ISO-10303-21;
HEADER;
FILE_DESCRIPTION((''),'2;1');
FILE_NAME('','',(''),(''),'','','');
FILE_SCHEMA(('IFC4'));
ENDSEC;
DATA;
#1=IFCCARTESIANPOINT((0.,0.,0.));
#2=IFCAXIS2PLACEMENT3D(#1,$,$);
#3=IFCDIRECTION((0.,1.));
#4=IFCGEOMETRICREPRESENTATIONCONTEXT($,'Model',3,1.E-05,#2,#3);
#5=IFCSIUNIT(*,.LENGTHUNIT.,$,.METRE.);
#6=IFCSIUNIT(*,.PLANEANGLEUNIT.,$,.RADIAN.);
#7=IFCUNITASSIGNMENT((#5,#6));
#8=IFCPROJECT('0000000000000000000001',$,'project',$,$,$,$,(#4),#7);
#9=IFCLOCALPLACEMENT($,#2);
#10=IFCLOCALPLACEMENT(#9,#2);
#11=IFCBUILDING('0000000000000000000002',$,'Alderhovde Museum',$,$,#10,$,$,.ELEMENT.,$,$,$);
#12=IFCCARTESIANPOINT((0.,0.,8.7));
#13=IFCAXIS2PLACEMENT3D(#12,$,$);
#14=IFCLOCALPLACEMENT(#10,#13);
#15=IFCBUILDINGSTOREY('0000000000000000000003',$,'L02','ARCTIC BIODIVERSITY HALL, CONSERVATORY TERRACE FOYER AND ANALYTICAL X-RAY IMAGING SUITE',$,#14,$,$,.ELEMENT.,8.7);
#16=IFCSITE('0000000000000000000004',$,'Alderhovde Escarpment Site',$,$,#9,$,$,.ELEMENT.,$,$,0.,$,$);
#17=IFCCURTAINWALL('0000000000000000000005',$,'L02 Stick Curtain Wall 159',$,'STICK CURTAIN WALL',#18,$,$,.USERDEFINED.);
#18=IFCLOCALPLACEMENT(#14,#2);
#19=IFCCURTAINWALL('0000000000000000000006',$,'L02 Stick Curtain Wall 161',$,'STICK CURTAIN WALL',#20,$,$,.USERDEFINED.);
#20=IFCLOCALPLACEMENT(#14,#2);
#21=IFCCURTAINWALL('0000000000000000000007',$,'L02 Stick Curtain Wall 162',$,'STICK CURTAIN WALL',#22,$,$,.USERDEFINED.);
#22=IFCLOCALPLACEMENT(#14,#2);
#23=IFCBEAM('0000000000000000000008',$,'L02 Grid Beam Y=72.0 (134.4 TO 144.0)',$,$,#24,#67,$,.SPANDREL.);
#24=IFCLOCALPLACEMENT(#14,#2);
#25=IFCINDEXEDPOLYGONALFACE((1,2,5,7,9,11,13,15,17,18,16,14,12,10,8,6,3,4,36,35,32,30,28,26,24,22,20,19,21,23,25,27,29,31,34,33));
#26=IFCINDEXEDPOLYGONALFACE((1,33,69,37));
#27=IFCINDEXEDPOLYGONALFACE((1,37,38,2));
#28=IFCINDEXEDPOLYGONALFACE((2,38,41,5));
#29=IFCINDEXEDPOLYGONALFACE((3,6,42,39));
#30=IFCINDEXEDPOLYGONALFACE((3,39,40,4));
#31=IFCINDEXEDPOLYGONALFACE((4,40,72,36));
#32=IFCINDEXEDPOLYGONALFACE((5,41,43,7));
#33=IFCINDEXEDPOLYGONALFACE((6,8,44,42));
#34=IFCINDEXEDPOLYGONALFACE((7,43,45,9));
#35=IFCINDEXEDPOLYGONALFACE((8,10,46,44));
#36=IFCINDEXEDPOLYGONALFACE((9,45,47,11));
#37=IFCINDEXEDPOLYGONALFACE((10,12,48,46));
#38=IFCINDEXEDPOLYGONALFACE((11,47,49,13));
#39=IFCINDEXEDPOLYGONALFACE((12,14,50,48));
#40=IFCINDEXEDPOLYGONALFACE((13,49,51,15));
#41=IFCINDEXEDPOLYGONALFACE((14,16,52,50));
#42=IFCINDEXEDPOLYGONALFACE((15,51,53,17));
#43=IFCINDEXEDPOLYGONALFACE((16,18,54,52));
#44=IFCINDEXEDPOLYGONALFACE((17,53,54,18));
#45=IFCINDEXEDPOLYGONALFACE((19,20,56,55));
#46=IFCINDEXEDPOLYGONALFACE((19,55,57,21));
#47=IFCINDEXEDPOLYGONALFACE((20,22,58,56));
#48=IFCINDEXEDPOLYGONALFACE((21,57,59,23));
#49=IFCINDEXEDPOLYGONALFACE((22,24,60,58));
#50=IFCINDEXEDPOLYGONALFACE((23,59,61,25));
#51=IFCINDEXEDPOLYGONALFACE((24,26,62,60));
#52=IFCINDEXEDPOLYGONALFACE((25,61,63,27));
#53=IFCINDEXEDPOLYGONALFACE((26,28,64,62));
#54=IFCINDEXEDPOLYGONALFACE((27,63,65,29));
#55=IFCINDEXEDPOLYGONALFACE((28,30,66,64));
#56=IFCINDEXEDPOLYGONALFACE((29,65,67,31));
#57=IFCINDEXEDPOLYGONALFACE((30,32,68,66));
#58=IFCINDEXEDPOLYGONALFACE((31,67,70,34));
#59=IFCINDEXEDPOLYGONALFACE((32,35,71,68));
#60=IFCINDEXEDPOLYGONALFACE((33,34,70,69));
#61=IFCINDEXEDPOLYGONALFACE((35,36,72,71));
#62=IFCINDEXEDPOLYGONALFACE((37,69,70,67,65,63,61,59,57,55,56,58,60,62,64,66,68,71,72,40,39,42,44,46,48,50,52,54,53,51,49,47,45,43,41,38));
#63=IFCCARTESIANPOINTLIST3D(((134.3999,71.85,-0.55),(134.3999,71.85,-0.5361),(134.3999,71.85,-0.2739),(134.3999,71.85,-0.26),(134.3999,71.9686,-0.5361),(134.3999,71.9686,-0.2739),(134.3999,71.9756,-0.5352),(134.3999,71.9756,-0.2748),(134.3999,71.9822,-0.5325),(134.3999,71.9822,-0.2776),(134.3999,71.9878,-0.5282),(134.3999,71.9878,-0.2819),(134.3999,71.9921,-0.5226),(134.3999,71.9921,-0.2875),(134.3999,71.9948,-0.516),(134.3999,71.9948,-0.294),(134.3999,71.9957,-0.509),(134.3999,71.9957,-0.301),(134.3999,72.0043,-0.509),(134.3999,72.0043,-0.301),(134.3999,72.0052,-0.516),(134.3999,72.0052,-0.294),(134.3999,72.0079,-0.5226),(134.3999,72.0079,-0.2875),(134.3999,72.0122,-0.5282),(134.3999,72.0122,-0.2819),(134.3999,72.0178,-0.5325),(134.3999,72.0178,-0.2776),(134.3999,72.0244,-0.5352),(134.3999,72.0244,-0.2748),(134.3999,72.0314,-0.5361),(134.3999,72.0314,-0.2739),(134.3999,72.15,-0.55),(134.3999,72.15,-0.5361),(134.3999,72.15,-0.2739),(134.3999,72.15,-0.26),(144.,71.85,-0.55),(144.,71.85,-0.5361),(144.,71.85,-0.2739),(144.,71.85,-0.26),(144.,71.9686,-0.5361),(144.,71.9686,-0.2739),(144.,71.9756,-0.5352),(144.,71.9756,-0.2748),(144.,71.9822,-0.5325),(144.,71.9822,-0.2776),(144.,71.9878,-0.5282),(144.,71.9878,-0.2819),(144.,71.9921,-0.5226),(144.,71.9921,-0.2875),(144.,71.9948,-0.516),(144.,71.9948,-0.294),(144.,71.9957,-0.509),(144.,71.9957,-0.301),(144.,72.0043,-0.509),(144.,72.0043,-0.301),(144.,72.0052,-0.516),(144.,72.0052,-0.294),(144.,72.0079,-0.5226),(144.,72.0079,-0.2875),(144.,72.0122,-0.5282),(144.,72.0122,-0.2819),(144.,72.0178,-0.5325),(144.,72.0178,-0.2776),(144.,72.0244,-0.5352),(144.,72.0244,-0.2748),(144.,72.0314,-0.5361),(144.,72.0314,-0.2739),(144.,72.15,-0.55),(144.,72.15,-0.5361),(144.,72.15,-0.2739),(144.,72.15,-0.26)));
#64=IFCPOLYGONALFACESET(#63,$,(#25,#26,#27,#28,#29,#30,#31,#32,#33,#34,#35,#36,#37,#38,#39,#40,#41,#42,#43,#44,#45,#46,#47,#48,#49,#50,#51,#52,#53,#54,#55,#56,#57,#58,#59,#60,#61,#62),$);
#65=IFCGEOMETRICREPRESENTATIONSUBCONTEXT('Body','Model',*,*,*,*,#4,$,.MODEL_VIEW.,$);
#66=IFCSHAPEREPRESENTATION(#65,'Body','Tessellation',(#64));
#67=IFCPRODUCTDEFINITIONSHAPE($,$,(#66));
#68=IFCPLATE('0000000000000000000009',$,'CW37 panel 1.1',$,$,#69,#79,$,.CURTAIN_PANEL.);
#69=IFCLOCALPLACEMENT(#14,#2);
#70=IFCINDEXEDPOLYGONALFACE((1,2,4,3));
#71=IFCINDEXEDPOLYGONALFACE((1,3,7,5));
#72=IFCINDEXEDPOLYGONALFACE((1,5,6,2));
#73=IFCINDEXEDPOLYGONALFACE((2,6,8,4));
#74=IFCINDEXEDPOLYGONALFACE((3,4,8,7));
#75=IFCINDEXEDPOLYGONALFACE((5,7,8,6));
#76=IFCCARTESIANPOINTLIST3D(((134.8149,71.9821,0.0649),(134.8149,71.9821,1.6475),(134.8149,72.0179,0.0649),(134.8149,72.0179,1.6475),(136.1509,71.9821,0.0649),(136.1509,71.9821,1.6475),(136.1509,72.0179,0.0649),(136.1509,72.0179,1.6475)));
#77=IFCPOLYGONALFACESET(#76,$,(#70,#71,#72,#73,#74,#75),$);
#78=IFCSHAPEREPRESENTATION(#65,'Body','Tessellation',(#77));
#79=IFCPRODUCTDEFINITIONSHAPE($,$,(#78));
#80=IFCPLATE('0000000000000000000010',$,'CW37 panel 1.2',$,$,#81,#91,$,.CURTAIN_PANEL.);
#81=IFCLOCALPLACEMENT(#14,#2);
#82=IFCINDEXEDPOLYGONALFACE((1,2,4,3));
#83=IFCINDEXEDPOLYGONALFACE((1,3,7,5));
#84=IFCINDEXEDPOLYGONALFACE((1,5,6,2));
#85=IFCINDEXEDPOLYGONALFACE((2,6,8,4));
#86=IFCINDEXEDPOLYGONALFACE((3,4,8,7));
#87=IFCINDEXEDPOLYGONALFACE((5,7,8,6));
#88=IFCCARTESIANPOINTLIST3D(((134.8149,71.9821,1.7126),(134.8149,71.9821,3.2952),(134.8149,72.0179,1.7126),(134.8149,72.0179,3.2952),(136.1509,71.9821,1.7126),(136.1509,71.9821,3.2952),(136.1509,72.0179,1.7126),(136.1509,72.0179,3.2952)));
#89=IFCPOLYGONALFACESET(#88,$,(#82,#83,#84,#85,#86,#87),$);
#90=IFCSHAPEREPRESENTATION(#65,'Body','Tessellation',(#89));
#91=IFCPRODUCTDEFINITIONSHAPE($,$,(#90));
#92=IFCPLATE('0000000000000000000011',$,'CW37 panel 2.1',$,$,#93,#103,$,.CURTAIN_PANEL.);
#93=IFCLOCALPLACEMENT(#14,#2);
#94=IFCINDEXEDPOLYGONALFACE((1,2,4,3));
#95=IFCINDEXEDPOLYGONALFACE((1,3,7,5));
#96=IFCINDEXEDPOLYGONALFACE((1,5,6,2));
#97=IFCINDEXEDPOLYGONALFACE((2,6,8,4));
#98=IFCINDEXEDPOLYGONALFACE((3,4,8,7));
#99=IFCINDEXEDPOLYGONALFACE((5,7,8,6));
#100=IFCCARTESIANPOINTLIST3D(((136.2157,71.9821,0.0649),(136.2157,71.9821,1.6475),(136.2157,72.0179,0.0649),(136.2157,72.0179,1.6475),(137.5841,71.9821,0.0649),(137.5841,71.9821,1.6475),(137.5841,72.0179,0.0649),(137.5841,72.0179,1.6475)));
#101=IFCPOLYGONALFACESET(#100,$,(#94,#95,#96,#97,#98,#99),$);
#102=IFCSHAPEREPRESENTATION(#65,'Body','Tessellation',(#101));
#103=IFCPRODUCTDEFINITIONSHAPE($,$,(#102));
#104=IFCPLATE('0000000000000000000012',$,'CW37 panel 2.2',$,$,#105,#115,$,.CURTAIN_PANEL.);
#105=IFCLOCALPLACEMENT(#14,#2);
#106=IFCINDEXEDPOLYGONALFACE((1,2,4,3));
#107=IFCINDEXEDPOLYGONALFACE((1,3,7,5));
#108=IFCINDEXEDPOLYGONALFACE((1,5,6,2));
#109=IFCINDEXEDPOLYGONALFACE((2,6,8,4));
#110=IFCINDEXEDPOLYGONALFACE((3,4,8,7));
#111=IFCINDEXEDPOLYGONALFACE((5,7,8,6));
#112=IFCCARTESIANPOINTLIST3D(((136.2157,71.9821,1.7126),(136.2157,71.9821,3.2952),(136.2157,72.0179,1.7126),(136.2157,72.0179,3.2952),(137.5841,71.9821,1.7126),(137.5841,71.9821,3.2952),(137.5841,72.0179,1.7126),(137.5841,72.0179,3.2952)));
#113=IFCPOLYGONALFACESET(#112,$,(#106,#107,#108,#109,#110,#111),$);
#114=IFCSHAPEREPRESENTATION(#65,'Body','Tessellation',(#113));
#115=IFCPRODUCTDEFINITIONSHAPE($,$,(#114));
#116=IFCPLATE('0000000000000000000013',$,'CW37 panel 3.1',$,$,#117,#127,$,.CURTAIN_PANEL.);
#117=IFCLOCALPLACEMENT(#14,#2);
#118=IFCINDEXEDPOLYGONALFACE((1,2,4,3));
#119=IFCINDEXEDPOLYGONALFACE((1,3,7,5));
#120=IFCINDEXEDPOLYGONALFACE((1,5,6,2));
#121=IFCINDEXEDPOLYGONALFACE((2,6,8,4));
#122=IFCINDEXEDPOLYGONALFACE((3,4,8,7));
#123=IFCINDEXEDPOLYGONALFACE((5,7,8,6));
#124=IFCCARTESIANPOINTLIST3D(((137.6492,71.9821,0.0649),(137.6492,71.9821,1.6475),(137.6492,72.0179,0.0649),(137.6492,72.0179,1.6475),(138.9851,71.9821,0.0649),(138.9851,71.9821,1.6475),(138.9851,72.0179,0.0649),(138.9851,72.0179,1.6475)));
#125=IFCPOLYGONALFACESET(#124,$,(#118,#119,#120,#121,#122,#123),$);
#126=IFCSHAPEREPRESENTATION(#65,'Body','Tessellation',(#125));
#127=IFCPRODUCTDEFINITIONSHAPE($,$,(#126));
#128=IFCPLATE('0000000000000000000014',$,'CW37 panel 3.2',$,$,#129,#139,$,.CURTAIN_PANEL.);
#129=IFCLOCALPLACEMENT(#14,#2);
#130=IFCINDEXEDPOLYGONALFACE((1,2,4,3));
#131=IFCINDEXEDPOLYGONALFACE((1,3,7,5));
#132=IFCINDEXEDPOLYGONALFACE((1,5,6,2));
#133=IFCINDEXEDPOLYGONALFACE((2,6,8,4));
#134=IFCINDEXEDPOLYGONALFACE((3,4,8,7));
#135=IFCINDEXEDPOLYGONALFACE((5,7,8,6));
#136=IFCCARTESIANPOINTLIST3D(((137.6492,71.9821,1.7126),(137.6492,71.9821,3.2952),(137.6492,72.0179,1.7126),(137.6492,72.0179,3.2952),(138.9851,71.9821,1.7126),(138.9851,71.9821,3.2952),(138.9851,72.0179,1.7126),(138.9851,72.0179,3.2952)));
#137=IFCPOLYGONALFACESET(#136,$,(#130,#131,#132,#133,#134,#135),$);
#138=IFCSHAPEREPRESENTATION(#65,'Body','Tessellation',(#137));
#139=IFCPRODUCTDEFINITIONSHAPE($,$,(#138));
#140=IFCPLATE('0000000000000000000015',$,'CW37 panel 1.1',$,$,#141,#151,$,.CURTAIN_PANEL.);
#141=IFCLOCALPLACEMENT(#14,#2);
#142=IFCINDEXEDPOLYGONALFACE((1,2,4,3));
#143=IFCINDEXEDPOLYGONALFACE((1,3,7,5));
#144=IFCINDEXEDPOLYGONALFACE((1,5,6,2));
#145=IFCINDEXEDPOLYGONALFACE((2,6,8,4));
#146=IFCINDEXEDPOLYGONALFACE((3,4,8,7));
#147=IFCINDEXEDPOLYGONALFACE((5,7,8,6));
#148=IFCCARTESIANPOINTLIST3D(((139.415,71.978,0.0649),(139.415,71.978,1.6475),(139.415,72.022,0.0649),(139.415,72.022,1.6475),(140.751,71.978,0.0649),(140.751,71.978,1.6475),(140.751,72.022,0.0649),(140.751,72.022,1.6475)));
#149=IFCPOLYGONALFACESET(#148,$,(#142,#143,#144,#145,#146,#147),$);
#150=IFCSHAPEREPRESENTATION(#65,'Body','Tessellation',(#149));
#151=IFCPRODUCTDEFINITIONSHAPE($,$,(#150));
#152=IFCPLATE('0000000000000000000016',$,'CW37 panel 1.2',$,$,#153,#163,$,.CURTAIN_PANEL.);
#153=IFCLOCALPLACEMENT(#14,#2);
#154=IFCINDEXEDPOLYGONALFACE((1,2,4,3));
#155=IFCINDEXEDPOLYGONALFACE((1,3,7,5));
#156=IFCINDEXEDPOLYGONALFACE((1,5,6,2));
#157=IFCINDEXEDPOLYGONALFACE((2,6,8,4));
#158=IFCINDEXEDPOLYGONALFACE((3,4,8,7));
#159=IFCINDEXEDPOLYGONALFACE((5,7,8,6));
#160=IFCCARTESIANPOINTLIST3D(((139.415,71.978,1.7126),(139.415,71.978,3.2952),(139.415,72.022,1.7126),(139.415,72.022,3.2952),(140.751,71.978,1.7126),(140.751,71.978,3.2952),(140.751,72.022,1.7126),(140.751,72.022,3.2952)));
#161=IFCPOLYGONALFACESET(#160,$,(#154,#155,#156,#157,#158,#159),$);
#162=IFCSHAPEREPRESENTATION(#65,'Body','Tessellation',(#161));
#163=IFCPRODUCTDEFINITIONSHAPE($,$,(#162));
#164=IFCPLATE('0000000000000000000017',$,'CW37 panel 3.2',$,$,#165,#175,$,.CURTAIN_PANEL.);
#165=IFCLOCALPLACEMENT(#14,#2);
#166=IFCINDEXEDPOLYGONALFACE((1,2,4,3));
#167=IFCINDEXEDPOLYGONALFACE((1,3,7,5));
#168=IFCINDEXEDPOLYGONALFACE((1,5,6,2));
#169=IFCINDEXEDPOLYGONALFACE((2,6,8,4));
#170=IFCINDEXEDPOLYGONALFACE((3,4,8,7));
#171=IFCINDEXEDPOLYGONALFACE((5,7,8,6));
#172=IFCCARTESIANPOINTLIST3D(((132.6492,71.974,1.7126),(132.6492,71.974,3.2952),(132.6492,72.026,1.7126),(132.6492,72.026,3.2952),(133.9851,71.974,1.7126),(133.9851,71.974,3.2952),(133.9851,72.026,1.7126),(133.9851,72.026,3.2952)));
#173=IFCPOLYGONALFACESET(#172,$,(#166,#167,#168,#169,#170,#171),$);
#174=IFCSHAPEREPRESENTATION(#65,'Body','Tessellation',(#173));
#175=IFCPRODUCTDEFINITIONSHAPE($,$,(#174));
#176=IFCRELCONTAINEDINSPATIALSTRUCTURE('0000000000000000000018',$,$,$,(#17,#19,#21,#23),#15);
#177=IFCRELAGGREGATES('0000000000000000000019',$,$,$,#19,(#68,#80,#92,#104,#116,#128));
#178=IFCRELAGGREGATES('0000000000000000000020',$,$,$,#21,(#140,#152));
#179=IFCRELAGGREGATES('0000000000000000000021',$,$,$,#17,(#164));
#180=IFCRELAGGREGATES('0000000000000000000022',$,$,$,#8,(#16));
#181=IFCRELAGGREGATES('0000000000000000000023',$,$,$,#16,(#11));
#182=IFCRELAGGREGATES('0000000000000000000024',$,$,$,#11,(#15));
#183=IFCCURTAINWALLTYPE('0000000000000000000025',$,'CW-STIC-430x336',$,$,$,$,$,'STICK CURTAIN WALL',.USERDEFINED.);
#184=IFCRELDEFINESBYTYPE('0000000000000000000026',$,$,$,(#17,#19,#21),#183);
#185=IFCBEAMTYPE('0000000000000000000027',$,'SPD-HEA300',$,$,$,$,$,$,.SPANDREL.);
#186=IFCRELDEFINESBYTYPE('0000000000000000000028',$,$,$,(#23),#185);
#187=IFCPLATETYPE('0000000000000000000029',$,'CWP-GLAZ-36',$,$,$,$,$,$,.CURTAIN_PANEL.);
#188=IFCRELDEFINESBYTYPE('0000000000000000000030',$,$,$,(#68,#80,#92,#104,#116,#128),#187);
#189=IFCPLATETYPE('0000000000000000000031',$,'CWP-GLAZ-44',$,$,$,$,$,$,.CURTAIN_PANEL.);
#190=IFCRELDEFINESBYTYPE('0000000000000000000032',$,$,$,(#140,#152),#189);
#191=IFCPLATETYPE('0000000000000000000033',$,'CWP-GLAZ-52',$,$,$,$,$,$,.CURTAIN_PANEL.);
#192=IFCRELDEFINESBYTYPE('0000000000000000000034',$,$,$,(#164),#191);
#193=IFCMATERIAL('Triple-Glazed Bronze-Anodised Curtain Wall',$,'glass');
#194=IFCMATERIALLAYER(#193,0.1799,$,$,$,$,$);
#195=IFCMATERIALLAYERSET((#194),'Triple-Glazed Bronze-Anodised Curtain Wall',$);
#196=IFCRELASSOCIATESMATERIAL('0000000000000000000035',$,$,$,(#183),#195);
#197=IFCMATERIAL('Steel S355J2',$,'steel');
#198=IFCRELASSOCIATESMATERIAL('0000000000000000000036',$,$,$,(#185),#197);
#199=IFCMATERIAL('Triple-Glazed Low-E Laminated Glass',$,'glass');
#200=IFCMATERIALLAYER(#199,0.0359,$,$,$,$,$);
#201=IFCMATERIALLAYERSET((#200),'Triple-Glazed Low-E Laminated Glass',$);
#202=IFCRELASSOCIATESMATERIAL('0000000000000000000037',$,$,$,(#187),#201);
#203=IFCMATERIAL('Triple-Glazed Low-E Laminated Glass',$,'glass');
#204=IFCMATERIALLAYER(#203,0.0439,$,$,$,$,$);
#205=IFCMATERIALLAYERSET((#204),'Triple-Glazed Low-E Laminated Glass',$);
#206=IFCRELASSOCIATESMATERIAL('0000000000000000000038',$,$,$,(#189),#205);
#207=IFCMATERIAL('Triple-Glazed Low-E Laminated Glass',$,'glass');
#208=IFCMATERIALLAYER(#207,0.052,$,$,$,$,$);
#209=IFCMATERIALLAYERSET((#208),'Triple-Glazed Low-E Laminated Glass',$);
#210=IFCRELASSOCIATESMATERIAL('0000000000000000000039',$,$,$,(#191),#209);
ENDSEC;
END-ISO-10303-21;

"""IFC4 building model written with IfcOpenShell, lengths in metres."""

from ifc_helpers import new_model, si_unit, direction, frame, origin, origin_2d, place, context, subcontext, project, spatial, rectangle, i_section, extrude, material, layer, layer_set, material_profile, profile_set, type_object, element, aggregate, save


model = new_model("IFC4")

# Units and contexts
model_context = context("Model", 3, precision=1e-05, world=origin(), true_north=direction((0.0, 1.0)))
body_context = subcontext(model_context, "Body", "Model", "MODEL_VIEW")
ifc_project = project(units=[si_unit("LENGTHUNIT", "METRE"), si_unit("PLANEANGLEUNIT", "RADIAN")], contexts=[model_context])

# Site, building, storey
site_placement = place(None, origin())
site = spatial("IfcSite", under=ifc_project, at=site_placement, Name="Alderhovde Escarpment Site", CompositionType="ELEMENT", RefElevation=0.0)
building_placement = place(site_placement, origin())
building = spatial("IfcBuilding", under=site, at=building_placement, Name="Alderhovde Museum", CompositionType="ELEMENT")
storey_placement = place(building_placement, frame((0.0, 0.0, 8.7)))
storey = spatial("IfcBuildingStorey", under=building, at=storey_placement, Name="L02", Description="ARCTIC BIODIVERSITY HALL, CONSERVATORY TERRACE FOYER AND ANALYTICAL X-RAY IMAGING SUITE", CompositionType="ELEMENT", Elevation=8.7)

# Curtain wall
ifc_material_1 = material(Name="Triple-Glazed Bronze-Anodised Curtain Wall", Category="glass")
ifc_layer_1 = layer(ifc_material_1, 0.1799)
ifc_layer_set_1 = layer_set([ifc_layer_1], Name="Triple-Glazed Bronze-Anodised Curtain Wall")
curtain_wall_type = type_object("IfcCurtainWallType", Name="CW-STIC-430x336", ElementType="STICK CURTAIN WALL", PredefinedType="USERDEFINED", material=ifc_layer_set_1)
curtain_wall_1_placement = place(storey_placement, origin())
curtain_wall_1 = element("IfcCurtainWall", 1, at=curtain_wall_1_placement, inside=storey, type_object=curtain_wall_type, Name="L02 Stick Curtain Wall 159", ObjectType="STICK CURTAIN WALL", PredefinedType="USERDEFINED")

# Curtain walls
curtain_wall_2_placement = place(storey_placement, origin())
curtain_wall_2 = element("IfcCurtainWall", 2, at=curtain_wall_2_placement, inside=storey, type_object=curtain_wall_type, Name="L02 Stick Curtain Wall 161", ObjectType="STICK CURTAIN WALL", PredefinedType="USERDEFINED")
curtain_wall_3_placement = place(storey_placement, origin())
curtain_wall_3 = element("IfcCurtainWall", 3, at=curtain_wall_3_placement, inside=storey, type_object=curtain_wall_type, Name="L02 Stick Curtain Wall 162", ObjectType="STICK CURTAIN WALL", PredefinedType="USERDEFINED")

# Beam
ifc_material_2 = material(Name="Steel S355J2", Category="steel")
ifc_material_profile_1 = material_profile(ifc_material_2, i_section(OverallWidth=0.3, OverallDepth=0.29, WebThickness=0.0085, FlangeThickness=0.0139, FilletRadius=0.0271, at=origin_2d()), Name="HEA 300")
ifc_profile_set_1 = profile_set([ifc_material_profile_1], Name="Steel S355J2")
beam_type_1 = type_object("IfcBeamType", Name="SPD-HEA300", PredefinedType="SPANDREL", material=ifc_profile_set_1)
beam_1_placement = place(storey_placement, frame((134.3999, 72.0, -0.405), z_axis=(1.0, 0.0, 0.0), x_axis=(0.0, 1.0, 0.0)))
element("IfcBeam", 4, at=beam_1_placement, inside=storey, type_object=beam_type_1, Name="L02 Grid Beam Y=72.0 (134.4 TO 144.0)", PredefinedType="SPANDREL", context=body_context, shape_type="SweptSolid", body=[
    extrude(i_section(OverallWidth=0.3, OverallDepth=0.29, WebThickness=0.0085, FlangeThickness=0.0139, FilletRadius=0.0271, at=origin_2d()), origin(), (0.0, 0.0, 1.0), 9.6001),
])

# Plates
ifc_material_3 = material(Name="Triple-Glazed Low-E Laminated Glass", Category="glass")
ifc_layer_2 = layer(ifc_material_3, 0.0359)
ifc_layer_set_2 = layer_set([ifc_layer_2], Name="Triple-Glazed Low-E Laminated Glass")
plate_type_1 = type_object("IfcPlateType", Name="CWP-GLAZ-36", PredefinedType="CURTAIN_PANEL", material=ifc_layer_set_2)
plate_1_placement = place(storey_placement, frame((135.4829, 72.0, 0.0649), z_axis=(0.0, 0.0, 1.0), x_axis=(1.0, 0.0, 0.0)))
plate_1 = element("IfcPlate", 5, at=plate_1_placement, type_object=plate_type_1, Name="CW37 panel 1.1", PredefinedType="CURTAIN_PANEL", context=body_context, shape_type="SweptSolid", body=[
    extrude(rectangle(XDim=1.3359, YDim=0.0359, at=origin_2d()), origin(), (0.0, 0.0, 1.0), 1.5825),
])
plate_2_placement = place(storey_placement, frame((135.4829, 72.0, 1.7126), z_axis=(0.0, 0.0, 1.0), x_axis=(1.0, 0.0, 0.0)))
plate_2 = element("IfcPlate", 6, at=plate_2_placement, type_object=plate_type_1, Name="CW37 panel 1.2", PredefinedType="CURTAIN_PANEL", context=body_context, shape_type="SweptSolid", body=[
    extrude(rectangle(XDim=1.3359, YDim=0.0359, at=origin_2d()), origin(), (0.0, 0.0, 1.0), 1.5825),
])
plate_3_placement = place(storey_placement, frame((136.8999, 72.0, 0.0649), z_axis=(0.0, 0.0, 1.0), x_axis=(1.0, 0.0, 0.0)))
plate_3 = element("IfcPlate", 7, at=plate_3_placement, type_object=plate_type_1, Name="CW37 panel 2.1", PredefinedType="CURTAIN_PANEL", context=body_context, shape_type="SweptSolid", body=[
    extrude(rectangle(XDim=1.3684, YDim=0.0359, at=origin_2d()), origin(), (0.0, 0.0, 1.0), 1.5825),
])
plate_4_placement = place(storey_placement, frame((136.8999, 72.0, 1.7126), z_axis=(0.0, 0.0, 1.0), x_axis=(1.0, 0.0, 0.0)))
plate_4 = element("IfcPlate", 8, at=plate_4_placement, type_object=plate_type_1, Name="CW37 panel 2.2", PredefinedType="CURTAIN_PANEL", context=body_context, shape_type="SweptSolid", body=[
    extrude(rectangle(XDim=1.3684, YDim=0.0359, at=origin_2d()), origin(), (0.0, 0.0, 1.0), 1.5825),
])
plate_5_placement = place(storey_placement, frame((138.3171, 72.0, 0.0649), z_axis=(0.0, 0.0, 1.0), x_axis=(1.0, 0.0, 0.0)))
plate_5 = element("IfcPlate", 9, at=plate_5_placement, type_object=plate_type_1, Name="CW37 panel 3.1", PredefinedType="CURTAIN_PANEL", context=body_context, shape_type="SweptSolid", body=[
    extrude(rectangle(XDim=1.3359, YDim=0.0359, at=origin_2d()), origin(), (0.0, 0.0, 1.0), 1.5825),
])
plate_6_placement = place(storey_placement, frame((138.3171, 72.0, 1.7126), z_axis=(0.0, 0.0, 1.0), x_axis=(1.0, 0.0, 0.0)))
plate_6 = element("IfcPlate", 10, at=plate_6_placement, type_object=plate_type_1, Name="CW37 panel 3.2", PredefinedType="CURTAIN_PANEL", context=body_context, shape_type="SweptSolid", body=[
    extrude(rectangle(XDim=1.3359, YDim=0.0359, at=origin_2d()), origin(), (0.0, 0.0, 1.0), 1.5825),
])
aggregate(curtain_wall_2, [plate_1, plate_2, plate_3, plate_4, plate_5, plate_6])
ifc_material_4 = material(Name="Triple-Glazed Low-E Laminated Glass", Category="glass")
ifc_layer_3 = layer(ifc_material_4, 0.0439)
ifc_layer_set_3 = layer_set([ifc_layer_3], Name="Triple-Glazed Low-E Laminated Glass")
plate_type_2 = type_object("IfcPlateType", Name="CWP-GLAZ-44", PredefinedType="CURTAIN_PANEL", material=ifc_layer_set_3)
plate_7_placement = place(storey_placement, frame((140.083, 72.0, 0.0649), z_axis=(0.0, 0.0, 1.0), x_axis=(1.0, 0.0, 0.0)))
plate_7 = element("IfcPlate", 11, at=plate_7_placement, type_object=plate_type_2, Name="CW37 panel 1.1", PredefinedType="CURTAIN_PANEL", context=body_context, shape_type="SweptSolid", body=[
    extrude(rectangle(XDim=1.3359, YDim=0.0439, at=origin_2d()), origin(), (0.0, 0.0, 1.0), 1.5825),
])
plate_8_placement = place(storey_placement, frame((140.083, 72.0, 1.7126), z_axis=(0.0, 0.0, 1.0), x_axis=(1.0, 0.0, 0.0)))
plate_8 = element("IfcPlate", 12, at=plate_8_placement, type_object=plate_type_2, Name="CW37 panel 1.2", PredefinedType="CURTAIN_PANEL", context=body_context, shape_type="SweptSolid", body=[
    extrude(rectangle(XDim=1.3359, YDim=0.0439, at=origin_2d()), origin(), (0.0, 0.0, 1.0), 1.5825),
])
aggregate(curtain_wall_3, [plate_7, plate_8])
ifc_material_5 = material(Name="Triple-Glazed Low-E Laminated Glass", Category="glass")
ifc_layer_4 = layer(ifc_material_5, 0.052)
ifc_layer_set_4 = layer_set([ifc_layer_4], Name="Triple-Glazed Low-E Laminated Glass")
plate_type_3 = type_object("IfcPlateType", Name="CWP-GLAZ-52", PredefinedType="CURTAIN_PANEL", material=ifc_layer_set_4)
plate_9_placement = place(storey_placement, frame((133.3171, 72.0, 1.7126), z_axis=(0.0, 0.0, 1.0), x_axis=(1.0, 0.0, 0.0)))
plate_9 = element("IfcPlate", 13, at=plate_9_placement, type_object=plate_type_3, Name="CW37 panel 3.2", PredefinedType="CURTAIN_PANEL", context=body_context, shape_type="SweptSolid", body=[
    extrude(rectangle(XDim=1.3359, YDim=0.052, at=origin_2d()), origin(), (0.0, 0.0, 1.0), 1.5825),
])
aggregate(curtain_wall_1, [plate_9])

save(model, "model.ifc")
